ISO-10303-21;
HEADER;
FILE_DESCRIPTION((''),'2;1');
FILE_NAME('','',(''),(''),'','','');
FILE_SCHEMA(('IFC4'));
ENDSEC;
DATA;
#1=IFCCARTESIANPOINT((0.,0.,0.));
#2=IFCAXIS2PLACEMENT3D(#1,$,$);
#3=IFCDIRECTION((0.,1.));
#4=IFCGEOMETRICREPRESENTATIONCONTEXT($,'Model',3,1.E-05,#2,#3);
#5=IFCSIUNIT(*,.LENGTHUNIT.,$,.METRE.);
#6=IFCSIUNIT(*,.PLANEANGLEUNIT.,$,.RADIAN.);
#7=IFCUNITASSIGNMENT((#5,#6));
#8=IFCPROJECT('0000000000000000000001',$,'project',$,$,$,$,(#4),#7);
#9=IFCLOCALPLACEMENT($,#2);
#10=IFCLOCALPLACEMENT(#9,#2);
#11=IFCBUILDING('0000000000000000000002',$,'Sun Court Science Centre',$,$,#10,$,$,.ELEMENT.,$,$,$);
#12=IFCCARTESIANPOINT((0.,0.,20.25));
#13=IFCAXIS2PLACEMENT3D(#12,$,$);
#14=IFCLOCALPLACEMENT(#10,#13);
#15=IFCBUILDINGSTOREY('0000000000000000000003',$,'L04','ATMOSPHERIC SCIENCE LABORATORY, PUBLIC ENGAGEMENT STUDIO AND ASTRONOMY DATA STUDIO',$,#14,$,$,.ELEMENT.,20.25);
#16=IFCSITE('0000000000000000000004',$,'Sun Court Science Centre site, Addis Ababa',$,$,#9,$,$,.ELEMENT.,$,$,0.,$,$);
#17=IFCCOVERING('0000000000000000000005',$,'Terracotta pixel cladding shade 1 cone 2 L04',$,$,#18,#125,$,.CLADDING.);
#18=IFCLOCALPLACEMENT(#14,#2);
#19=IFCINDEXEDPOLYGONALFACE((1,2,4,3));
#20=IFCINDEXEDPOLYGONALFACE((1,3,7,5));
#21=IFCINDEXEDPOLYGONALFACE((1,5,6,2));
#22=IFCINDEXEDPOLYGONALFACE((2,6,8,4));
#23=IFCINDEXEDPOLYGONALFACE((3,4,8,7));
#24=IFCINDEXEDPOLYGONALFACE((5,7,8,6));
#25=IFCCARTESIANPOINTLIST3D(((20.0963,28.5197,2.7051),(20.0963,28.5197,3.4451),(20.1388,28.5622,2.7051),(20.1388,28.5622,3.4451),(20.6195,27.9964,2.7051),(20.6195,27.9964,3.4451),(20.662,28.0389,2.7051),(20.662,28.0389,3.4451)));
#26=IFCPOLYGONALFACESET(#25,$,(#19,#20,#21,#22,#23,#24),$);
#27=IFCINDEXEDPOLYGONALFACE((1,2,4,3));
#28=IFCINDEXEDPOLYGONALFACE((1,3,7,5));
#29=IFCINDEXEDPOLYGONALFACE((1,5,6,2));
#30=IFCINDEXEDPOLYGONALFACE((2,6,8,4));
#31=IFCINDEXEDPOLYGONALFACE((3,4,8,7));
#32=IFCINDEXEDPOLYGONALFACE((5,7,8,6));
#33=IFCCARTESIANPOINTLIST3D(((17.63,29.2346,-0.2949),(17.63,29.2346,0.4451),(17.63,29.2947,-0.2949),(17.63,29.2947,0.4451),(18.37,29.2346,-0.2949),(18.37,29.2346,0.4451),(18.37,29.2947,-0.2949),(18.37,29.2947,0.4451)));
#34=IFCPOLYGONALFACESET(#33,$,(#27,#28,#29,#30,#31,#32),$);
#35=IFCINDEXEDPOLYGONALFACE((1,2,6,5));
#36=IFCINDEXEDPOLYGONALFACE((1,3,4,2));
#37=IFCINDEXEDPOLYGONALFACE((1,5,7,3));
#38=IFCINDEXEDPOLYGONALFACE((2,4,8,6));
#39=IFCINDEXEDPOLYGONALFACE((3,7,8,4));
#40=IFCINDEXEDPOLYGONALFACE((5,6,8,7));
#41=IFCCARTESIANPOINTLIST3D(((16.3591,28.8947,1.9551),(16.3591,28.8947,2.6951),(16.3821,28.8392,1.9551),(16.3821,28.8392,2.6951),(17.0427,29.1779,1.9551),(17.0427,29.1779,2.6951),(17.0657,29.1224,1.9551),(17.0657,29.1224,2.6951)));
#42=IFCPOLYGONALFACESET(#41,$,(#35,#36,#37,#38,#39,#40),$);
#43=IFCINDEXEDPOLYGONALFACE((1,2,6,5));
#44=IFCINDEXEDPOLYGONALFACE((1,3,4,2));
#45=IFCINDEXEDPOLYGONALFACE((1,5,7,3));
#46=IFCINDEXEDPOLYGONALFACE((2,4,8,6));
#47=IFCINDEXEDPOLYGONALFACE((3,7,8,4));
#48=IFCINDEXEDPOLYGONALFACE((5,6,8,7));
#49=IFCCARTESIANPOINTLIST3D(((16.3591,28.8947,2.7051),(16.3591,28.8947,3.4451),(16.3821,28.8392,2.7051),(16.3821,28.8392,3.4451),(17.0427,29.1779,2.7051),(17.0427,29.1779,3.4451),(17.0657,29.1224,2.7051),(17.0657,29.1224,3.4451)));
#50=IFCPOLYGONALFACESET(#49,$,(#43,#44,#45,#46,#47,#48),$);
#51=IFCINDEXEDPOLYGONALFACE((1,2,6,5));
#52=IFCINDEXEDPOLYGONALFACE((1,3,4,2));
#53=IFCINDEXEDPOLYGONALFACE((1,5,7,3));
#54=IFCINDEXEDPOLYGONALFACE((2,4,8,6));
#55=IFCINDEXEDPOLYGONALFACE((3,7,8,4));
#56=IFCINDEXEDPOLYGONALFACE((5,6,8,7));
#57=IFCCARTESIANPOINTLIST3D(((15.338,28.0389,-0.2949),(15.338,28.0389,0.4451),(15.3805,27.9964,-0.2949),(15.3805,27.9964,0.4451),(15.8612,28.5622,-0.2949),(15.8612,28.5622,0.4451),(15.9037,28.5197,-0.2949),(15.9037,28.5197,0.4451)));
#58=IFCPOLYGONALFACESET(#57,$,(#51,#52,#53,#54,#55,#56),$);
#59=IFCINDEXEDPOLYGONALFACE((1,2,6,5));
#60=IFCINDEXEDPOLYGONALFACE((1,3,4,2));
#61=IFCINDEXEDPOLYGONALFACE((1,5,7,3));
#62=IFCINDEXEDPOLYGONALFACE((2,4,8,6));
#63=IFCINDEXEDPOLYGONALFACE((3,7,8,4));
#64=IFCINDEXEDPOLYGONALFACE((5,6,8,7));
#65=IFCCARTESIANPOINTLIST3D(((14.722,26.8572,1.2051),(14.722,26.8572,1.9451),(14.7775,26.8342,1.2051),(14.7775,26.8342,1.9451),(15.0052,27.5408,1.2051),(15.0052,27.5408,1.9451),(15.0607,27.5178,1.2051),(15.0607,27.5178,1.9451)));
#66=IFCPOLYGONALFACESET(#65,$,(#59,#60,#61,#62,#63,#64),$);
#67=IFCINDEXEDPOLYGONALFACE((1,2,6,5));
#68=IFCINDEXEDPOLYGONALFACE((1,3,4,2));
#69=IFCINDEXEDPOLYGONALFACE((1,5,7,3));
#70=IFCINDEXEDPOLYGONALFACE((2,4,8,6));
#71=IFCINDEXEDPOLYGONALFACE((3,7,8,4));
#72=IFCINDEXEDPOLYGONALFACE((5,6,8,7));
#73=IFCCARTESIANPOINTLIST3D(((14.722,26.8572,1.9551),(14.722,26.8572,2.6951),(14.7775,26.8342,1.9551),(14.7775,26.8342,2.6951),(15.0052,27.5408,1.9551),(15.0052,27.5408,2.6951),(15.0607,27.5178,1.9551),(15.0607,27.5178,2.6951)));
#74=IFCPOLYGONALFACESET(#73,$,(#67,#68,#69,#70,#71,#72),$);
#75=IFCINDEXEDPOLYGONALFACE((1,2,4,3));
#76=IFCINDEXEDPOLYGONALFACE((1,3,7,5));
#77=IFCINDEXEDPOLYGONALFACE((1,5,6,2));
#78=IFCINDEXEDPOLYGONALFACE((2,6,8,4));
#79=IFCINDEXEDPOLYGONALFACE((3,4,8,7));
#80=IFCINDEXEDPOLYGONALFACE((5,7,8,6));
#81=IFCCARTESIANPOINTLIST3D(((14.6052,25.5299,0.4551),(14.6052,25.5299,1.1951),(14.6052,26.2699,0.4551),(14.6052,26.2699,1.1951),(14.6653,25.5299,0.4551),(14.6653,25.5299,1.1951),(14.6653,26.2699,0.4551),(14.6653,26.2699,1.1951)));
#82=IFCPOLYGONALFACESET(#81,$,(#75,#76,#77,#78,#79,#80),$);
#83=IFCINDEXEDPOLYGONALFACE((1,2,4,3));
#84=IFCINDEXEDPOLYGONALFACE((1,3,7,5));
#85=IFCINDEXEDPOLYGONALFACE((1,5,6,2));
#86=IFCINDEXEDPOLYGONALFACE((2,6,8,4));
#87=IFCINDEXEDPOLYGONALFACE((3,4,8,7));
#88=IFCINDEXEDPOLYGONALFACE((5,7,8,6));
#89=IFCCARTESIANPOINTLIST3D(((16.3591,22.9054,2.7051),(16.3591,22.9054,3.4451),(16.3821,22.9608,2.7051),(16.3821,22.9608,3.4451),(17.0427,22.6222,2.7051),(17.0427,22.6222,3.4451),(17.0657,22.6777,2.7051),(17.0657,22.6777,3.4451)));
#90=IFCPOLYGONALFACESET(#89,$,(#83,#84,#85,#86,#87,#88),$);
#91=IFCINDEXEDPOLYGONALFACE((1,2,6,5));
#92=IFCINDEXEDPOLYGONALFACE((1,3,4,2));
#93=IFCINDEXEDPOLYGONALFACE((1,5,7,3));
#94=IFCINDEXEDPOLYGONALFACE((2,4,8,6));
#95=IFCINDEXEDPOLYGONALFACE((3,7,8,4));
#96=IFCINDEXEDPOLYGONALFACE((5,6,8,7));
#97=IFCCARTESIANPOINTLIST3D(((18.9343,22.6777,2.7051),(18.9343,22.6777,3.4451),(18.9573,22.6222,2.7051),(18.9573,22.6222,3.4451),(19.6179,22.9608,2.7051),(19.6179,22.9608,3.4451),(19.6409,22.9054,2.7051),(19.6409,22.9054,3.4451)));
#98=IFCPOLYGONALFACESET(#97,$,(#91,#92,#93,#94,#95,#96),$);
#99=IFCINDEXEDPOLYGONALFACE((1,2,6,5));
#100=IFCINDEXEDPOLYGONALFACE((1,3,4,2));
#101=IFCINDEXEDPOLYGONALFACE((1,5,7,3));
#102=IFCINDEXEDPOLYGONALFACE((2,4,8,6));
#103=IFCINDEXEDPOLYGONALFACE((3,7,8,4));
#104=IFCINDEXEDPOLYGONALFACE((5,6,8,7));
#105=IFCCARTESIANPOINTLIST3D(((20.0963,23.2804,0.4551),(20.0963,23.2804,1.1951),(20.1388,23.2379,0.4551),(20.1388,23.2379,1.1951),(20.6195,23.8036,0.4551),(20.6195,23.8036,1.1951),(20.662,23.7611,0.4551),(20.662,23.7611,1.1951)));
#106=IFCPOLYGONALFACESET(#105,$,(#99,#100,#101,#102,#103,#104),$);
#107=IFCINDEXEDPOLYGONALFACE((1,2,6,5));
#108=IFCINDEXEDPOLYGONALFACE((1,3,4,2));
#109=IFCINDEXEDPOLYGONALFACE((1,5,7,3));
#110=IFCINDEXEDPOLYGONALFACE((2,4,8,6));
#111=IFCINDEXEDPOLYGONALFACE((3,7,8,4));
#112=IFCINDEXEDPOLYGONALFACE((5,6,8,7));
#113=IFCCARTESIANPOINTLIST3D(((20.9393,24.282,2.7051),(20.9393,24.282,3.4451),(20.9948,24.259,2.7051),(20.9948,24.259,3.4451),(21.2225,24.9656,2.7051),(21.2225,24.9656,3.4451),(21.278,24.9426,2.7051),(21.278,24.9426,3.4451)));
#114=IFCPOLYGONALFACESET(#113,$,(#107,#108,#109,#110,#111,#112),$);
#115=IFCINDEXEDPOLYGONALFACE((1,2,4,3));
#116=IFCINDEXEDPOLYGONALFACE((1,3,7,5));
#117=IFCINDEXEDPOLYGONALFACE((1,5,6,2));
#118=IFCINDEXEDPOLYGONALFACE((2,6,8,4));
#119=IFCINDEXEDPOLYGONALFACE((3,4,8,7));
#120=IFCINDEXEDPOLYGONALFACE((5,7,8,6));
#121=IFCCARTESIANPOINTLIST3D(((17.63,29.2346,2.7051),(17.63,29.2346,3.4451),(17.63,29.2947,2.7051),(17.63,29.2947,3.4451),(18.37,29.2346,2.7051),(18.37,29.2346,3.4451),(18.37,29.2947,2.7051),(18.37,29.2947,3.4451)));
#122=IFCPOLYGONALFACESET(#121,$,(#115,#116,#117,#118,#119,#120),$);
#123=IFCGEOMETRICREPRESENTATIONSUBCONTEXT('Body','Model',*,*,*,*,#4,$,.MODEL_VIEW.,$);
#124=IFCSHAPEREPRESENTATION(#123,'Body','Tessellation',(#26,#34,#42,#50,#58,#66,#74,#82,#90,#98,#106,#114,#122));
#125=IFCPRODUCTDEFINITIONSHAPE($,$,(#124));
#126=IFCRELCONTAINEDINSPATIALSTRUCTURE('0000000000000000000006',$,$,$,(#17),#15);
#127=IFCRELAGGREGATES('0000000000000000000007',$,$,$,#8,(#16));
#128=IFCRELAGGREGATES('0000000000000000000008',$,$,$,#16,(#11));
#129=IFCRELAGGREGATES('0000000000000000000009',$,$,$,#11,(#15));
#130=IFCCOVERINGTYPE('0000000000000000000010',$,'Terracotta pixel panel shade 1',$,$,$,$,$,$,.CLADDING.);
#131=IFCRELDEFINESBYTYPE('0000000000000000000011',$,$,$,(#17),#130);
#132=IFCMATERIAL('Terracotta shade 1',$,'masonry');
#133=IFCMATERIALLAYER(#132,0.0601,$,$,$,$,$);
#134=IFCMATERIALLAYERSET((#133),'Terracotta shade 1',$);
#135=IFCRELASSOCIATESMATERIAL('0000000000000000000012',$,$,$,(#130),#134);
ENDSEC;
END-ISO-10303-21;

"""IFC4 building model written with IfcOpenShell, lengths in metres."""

from ifc_helpers import new_model, si_unit, direction, frame, origin, origin_2d, place, context, subcontext, project, spatial, rectangle, extrude, material, layer, layer_set, type_object, element, save


model = new_model("IFC4")

# Units and contexts
model_context = context("Model", 3, precision=1e-05, world=origin(), true_north=direction((0.0, 1.0)))
body_context = subcontext(model_context, "Body", "Model", "MODEL_VIEW")
ifc_project = project(units=[si_unit("LENGTHUNIT", "METRE"), si_unit("PLANEANGLEUNIT", "RADIAN")], contexts=[model_context])

# Site, building, storey
site_placement = place(None, origin())
site = spatial("IfcSite", under=ifc_project, at=site_placement, Name="Sun Court Science Centre site, Addis Ababa", CompositionType="ELEMENT", RefElevation=0.0)
building_placement = place(site_placement, origin())
building = spatial("IfcBuilding", under=site, at=building_placement, Name="Sun Court Science Centre", CompositionType="ELEMENT")
storey_placement = place(building_placement, frame((0.0, 0.0, 20.25)))
storey = spatial("IfcBuildingStorey", under=building, at=storey_placement, Name="L04", Description="ATMOSPHERIC SCIENCE LABORATORY, PUBLIC ENGAGEMENT STUDIO AND ASTRONOMY DATA STUDIO", CompositionType="ELEMENT", Elevation=20.25)

# Covering
ifc_material_1 = material(Name="Terracotta shade 1", Category="masonry")
ifc_layer_1 = layer(ifc_material_1, 0.0601)
ifc_layer_set_1 = layer_set([ifc_layer_1], Name="Terracotta shade 1")
covering_type_1 = type_object("IfcCoveringType", Name="Terracotta pixel panel shade 1", PredefinedType="CLADDING", material=ifc_layer_set_1)
covering_1_placement = place(storey_placement, frame((0.0, 0.0, -20.25)))
element("IfcCovering", 1, at=covering_1_placement, inside=storey, type_object=covering_type_1, Name="Terracotta pixel cladding shade 1 cone 2 L04", PredefinedType="CLADDING", context=body_context, shape_type="SweptSolid", body=[
    extrude(rectangle(XDim=0.74, YDim=0.0601, at=origin_2d()), frame((20.3792, 28.2793, 22.9551), z_axis=(0.0, 0.0, 1.0), x_axis=(0.707107, -0.707107, 0.0)), (0.0, 0.0, 1.0), 0.74),
    extrude(rectangle(XDim=0.74, YDim=0.0601, at=origin_2d()), frame((18.0, 29.2646, 19.9551), z_axis=(0.0, 0.0, 1.0), x_axis=(1.0, 0.0, 0.0)), (0.0, 0.0, 1.0), 0.74),
    extrude(rectangle(XDim=0.74, YDim=0.0601, at=origin_2d()), frame((16.7124, 29.0085, 22.2051), z_axis=(0.0, 0.0, 1.0), x_axis=(0.92388, 0.382683, 0.0)), (0.0, 0.0, 1.0), 0.74),
    extrude(rectangle(XDim=0.74, YDim=0.0601, at=origin_2d()), frame((16.7124, 29.0085, 22.9551), z_axis=(0.0, 0.0, 1.0), x_axis=(0.92388, 0.382683, 0.0)), (0.0, 0.0, 1.0), 0.74),
    extrude(rectangle(XDim=0.74, YDim=0.0601, at=origin_2d()), frame((15.6208, 28.2793, 19.9551), z_axis=(0.0, 0.0, 1.0), x_axis=(0.707107, 0.707107, 0.0)), (0.0, 0.0, 1.0), 0.74),
    extrude(rectangle(XDim=0.74, YDim=0.0601, at=origin_2d()), frame((14.8914, 27.1875, 21.4551), z_axis=(0.0, 0.0, 1.0), x_axis=(0.382683, 0.92388, 0.0)), (0.0, 0.0, 1.0), 0.74),
    extrude(rectangle(XDim=0.74, YDim=0.0601, at=origin_2d()), frame((14.8914, 27.1875, 22.2051), z_axis=(0.0, 0.0, 1.0), x_axis=(0.382683, 0.92388, 0.0)), (0.0, 0.0, 1.0), 0.74),
    extrude(rectangle(XDim=0.74, YDim=0.0601, at=origin_2d()), frame((14.6353, 25.8999, 20.7051), z_axis=(0.0, 0.0, 1.0), x_axis=(0.0, 1.0, 0.0)), (0.0, 0.0, 1.0), 0.74),
    extrude(rectangle(XDim=0.74, YDim=0.0601, at=origin_2d()), frame((16.7124, 22.7915, 22.9551), z_axis=(0.0, 0.0, 1.0), x_axis=(-0.92388, 0.382683, 0.0)), (0.0, 0.0, 1.0), 0.74),
    extrude(rectangle(XDim=0.74, YDim=0.0601, at=origin_2d()), frame((19.2876, 22.7915, 22.9551), z_axis=(0.0, 0.0, 1.0), x_axis=(-0.92388, -0.382683, 0.0)), (0.0, 0.0, 1.0), 0.74),
    extrude(rectangle(XDim=0.74, YDim=0.0601, at=origin_2d()), frame((20.3792, 23.5208, 20.7051), z_axis=(0.0, 0.0, 1.0), x_axis=(-0.707107, -0.707107, 0.0)), (0.0, 0.0, 1.0), 0.74),
    extrude(rectangle(XDim=0.74, YDim=0.0601, at=origin_2d()), frame((21.1086, 24.6123, 22.9551), z_axis=(0.0, 0.0, 1.0), x_axis=(-0.382683, -0.92388, 0.0)), (0.0, 0.0, 1.0), 0.74),
    extrude(rectangle(XDim=0.74, YDim=0.0601, at=origin_2d()), frame((18.0, 29.2646, 22.9551), z_axis=(0.0, 0.0, 1.0), x_axis=(1.0, 0.0, 0.0)), (0.0, 0.0, 1.0), 0.74),
])

save(model, "model.ifc")
